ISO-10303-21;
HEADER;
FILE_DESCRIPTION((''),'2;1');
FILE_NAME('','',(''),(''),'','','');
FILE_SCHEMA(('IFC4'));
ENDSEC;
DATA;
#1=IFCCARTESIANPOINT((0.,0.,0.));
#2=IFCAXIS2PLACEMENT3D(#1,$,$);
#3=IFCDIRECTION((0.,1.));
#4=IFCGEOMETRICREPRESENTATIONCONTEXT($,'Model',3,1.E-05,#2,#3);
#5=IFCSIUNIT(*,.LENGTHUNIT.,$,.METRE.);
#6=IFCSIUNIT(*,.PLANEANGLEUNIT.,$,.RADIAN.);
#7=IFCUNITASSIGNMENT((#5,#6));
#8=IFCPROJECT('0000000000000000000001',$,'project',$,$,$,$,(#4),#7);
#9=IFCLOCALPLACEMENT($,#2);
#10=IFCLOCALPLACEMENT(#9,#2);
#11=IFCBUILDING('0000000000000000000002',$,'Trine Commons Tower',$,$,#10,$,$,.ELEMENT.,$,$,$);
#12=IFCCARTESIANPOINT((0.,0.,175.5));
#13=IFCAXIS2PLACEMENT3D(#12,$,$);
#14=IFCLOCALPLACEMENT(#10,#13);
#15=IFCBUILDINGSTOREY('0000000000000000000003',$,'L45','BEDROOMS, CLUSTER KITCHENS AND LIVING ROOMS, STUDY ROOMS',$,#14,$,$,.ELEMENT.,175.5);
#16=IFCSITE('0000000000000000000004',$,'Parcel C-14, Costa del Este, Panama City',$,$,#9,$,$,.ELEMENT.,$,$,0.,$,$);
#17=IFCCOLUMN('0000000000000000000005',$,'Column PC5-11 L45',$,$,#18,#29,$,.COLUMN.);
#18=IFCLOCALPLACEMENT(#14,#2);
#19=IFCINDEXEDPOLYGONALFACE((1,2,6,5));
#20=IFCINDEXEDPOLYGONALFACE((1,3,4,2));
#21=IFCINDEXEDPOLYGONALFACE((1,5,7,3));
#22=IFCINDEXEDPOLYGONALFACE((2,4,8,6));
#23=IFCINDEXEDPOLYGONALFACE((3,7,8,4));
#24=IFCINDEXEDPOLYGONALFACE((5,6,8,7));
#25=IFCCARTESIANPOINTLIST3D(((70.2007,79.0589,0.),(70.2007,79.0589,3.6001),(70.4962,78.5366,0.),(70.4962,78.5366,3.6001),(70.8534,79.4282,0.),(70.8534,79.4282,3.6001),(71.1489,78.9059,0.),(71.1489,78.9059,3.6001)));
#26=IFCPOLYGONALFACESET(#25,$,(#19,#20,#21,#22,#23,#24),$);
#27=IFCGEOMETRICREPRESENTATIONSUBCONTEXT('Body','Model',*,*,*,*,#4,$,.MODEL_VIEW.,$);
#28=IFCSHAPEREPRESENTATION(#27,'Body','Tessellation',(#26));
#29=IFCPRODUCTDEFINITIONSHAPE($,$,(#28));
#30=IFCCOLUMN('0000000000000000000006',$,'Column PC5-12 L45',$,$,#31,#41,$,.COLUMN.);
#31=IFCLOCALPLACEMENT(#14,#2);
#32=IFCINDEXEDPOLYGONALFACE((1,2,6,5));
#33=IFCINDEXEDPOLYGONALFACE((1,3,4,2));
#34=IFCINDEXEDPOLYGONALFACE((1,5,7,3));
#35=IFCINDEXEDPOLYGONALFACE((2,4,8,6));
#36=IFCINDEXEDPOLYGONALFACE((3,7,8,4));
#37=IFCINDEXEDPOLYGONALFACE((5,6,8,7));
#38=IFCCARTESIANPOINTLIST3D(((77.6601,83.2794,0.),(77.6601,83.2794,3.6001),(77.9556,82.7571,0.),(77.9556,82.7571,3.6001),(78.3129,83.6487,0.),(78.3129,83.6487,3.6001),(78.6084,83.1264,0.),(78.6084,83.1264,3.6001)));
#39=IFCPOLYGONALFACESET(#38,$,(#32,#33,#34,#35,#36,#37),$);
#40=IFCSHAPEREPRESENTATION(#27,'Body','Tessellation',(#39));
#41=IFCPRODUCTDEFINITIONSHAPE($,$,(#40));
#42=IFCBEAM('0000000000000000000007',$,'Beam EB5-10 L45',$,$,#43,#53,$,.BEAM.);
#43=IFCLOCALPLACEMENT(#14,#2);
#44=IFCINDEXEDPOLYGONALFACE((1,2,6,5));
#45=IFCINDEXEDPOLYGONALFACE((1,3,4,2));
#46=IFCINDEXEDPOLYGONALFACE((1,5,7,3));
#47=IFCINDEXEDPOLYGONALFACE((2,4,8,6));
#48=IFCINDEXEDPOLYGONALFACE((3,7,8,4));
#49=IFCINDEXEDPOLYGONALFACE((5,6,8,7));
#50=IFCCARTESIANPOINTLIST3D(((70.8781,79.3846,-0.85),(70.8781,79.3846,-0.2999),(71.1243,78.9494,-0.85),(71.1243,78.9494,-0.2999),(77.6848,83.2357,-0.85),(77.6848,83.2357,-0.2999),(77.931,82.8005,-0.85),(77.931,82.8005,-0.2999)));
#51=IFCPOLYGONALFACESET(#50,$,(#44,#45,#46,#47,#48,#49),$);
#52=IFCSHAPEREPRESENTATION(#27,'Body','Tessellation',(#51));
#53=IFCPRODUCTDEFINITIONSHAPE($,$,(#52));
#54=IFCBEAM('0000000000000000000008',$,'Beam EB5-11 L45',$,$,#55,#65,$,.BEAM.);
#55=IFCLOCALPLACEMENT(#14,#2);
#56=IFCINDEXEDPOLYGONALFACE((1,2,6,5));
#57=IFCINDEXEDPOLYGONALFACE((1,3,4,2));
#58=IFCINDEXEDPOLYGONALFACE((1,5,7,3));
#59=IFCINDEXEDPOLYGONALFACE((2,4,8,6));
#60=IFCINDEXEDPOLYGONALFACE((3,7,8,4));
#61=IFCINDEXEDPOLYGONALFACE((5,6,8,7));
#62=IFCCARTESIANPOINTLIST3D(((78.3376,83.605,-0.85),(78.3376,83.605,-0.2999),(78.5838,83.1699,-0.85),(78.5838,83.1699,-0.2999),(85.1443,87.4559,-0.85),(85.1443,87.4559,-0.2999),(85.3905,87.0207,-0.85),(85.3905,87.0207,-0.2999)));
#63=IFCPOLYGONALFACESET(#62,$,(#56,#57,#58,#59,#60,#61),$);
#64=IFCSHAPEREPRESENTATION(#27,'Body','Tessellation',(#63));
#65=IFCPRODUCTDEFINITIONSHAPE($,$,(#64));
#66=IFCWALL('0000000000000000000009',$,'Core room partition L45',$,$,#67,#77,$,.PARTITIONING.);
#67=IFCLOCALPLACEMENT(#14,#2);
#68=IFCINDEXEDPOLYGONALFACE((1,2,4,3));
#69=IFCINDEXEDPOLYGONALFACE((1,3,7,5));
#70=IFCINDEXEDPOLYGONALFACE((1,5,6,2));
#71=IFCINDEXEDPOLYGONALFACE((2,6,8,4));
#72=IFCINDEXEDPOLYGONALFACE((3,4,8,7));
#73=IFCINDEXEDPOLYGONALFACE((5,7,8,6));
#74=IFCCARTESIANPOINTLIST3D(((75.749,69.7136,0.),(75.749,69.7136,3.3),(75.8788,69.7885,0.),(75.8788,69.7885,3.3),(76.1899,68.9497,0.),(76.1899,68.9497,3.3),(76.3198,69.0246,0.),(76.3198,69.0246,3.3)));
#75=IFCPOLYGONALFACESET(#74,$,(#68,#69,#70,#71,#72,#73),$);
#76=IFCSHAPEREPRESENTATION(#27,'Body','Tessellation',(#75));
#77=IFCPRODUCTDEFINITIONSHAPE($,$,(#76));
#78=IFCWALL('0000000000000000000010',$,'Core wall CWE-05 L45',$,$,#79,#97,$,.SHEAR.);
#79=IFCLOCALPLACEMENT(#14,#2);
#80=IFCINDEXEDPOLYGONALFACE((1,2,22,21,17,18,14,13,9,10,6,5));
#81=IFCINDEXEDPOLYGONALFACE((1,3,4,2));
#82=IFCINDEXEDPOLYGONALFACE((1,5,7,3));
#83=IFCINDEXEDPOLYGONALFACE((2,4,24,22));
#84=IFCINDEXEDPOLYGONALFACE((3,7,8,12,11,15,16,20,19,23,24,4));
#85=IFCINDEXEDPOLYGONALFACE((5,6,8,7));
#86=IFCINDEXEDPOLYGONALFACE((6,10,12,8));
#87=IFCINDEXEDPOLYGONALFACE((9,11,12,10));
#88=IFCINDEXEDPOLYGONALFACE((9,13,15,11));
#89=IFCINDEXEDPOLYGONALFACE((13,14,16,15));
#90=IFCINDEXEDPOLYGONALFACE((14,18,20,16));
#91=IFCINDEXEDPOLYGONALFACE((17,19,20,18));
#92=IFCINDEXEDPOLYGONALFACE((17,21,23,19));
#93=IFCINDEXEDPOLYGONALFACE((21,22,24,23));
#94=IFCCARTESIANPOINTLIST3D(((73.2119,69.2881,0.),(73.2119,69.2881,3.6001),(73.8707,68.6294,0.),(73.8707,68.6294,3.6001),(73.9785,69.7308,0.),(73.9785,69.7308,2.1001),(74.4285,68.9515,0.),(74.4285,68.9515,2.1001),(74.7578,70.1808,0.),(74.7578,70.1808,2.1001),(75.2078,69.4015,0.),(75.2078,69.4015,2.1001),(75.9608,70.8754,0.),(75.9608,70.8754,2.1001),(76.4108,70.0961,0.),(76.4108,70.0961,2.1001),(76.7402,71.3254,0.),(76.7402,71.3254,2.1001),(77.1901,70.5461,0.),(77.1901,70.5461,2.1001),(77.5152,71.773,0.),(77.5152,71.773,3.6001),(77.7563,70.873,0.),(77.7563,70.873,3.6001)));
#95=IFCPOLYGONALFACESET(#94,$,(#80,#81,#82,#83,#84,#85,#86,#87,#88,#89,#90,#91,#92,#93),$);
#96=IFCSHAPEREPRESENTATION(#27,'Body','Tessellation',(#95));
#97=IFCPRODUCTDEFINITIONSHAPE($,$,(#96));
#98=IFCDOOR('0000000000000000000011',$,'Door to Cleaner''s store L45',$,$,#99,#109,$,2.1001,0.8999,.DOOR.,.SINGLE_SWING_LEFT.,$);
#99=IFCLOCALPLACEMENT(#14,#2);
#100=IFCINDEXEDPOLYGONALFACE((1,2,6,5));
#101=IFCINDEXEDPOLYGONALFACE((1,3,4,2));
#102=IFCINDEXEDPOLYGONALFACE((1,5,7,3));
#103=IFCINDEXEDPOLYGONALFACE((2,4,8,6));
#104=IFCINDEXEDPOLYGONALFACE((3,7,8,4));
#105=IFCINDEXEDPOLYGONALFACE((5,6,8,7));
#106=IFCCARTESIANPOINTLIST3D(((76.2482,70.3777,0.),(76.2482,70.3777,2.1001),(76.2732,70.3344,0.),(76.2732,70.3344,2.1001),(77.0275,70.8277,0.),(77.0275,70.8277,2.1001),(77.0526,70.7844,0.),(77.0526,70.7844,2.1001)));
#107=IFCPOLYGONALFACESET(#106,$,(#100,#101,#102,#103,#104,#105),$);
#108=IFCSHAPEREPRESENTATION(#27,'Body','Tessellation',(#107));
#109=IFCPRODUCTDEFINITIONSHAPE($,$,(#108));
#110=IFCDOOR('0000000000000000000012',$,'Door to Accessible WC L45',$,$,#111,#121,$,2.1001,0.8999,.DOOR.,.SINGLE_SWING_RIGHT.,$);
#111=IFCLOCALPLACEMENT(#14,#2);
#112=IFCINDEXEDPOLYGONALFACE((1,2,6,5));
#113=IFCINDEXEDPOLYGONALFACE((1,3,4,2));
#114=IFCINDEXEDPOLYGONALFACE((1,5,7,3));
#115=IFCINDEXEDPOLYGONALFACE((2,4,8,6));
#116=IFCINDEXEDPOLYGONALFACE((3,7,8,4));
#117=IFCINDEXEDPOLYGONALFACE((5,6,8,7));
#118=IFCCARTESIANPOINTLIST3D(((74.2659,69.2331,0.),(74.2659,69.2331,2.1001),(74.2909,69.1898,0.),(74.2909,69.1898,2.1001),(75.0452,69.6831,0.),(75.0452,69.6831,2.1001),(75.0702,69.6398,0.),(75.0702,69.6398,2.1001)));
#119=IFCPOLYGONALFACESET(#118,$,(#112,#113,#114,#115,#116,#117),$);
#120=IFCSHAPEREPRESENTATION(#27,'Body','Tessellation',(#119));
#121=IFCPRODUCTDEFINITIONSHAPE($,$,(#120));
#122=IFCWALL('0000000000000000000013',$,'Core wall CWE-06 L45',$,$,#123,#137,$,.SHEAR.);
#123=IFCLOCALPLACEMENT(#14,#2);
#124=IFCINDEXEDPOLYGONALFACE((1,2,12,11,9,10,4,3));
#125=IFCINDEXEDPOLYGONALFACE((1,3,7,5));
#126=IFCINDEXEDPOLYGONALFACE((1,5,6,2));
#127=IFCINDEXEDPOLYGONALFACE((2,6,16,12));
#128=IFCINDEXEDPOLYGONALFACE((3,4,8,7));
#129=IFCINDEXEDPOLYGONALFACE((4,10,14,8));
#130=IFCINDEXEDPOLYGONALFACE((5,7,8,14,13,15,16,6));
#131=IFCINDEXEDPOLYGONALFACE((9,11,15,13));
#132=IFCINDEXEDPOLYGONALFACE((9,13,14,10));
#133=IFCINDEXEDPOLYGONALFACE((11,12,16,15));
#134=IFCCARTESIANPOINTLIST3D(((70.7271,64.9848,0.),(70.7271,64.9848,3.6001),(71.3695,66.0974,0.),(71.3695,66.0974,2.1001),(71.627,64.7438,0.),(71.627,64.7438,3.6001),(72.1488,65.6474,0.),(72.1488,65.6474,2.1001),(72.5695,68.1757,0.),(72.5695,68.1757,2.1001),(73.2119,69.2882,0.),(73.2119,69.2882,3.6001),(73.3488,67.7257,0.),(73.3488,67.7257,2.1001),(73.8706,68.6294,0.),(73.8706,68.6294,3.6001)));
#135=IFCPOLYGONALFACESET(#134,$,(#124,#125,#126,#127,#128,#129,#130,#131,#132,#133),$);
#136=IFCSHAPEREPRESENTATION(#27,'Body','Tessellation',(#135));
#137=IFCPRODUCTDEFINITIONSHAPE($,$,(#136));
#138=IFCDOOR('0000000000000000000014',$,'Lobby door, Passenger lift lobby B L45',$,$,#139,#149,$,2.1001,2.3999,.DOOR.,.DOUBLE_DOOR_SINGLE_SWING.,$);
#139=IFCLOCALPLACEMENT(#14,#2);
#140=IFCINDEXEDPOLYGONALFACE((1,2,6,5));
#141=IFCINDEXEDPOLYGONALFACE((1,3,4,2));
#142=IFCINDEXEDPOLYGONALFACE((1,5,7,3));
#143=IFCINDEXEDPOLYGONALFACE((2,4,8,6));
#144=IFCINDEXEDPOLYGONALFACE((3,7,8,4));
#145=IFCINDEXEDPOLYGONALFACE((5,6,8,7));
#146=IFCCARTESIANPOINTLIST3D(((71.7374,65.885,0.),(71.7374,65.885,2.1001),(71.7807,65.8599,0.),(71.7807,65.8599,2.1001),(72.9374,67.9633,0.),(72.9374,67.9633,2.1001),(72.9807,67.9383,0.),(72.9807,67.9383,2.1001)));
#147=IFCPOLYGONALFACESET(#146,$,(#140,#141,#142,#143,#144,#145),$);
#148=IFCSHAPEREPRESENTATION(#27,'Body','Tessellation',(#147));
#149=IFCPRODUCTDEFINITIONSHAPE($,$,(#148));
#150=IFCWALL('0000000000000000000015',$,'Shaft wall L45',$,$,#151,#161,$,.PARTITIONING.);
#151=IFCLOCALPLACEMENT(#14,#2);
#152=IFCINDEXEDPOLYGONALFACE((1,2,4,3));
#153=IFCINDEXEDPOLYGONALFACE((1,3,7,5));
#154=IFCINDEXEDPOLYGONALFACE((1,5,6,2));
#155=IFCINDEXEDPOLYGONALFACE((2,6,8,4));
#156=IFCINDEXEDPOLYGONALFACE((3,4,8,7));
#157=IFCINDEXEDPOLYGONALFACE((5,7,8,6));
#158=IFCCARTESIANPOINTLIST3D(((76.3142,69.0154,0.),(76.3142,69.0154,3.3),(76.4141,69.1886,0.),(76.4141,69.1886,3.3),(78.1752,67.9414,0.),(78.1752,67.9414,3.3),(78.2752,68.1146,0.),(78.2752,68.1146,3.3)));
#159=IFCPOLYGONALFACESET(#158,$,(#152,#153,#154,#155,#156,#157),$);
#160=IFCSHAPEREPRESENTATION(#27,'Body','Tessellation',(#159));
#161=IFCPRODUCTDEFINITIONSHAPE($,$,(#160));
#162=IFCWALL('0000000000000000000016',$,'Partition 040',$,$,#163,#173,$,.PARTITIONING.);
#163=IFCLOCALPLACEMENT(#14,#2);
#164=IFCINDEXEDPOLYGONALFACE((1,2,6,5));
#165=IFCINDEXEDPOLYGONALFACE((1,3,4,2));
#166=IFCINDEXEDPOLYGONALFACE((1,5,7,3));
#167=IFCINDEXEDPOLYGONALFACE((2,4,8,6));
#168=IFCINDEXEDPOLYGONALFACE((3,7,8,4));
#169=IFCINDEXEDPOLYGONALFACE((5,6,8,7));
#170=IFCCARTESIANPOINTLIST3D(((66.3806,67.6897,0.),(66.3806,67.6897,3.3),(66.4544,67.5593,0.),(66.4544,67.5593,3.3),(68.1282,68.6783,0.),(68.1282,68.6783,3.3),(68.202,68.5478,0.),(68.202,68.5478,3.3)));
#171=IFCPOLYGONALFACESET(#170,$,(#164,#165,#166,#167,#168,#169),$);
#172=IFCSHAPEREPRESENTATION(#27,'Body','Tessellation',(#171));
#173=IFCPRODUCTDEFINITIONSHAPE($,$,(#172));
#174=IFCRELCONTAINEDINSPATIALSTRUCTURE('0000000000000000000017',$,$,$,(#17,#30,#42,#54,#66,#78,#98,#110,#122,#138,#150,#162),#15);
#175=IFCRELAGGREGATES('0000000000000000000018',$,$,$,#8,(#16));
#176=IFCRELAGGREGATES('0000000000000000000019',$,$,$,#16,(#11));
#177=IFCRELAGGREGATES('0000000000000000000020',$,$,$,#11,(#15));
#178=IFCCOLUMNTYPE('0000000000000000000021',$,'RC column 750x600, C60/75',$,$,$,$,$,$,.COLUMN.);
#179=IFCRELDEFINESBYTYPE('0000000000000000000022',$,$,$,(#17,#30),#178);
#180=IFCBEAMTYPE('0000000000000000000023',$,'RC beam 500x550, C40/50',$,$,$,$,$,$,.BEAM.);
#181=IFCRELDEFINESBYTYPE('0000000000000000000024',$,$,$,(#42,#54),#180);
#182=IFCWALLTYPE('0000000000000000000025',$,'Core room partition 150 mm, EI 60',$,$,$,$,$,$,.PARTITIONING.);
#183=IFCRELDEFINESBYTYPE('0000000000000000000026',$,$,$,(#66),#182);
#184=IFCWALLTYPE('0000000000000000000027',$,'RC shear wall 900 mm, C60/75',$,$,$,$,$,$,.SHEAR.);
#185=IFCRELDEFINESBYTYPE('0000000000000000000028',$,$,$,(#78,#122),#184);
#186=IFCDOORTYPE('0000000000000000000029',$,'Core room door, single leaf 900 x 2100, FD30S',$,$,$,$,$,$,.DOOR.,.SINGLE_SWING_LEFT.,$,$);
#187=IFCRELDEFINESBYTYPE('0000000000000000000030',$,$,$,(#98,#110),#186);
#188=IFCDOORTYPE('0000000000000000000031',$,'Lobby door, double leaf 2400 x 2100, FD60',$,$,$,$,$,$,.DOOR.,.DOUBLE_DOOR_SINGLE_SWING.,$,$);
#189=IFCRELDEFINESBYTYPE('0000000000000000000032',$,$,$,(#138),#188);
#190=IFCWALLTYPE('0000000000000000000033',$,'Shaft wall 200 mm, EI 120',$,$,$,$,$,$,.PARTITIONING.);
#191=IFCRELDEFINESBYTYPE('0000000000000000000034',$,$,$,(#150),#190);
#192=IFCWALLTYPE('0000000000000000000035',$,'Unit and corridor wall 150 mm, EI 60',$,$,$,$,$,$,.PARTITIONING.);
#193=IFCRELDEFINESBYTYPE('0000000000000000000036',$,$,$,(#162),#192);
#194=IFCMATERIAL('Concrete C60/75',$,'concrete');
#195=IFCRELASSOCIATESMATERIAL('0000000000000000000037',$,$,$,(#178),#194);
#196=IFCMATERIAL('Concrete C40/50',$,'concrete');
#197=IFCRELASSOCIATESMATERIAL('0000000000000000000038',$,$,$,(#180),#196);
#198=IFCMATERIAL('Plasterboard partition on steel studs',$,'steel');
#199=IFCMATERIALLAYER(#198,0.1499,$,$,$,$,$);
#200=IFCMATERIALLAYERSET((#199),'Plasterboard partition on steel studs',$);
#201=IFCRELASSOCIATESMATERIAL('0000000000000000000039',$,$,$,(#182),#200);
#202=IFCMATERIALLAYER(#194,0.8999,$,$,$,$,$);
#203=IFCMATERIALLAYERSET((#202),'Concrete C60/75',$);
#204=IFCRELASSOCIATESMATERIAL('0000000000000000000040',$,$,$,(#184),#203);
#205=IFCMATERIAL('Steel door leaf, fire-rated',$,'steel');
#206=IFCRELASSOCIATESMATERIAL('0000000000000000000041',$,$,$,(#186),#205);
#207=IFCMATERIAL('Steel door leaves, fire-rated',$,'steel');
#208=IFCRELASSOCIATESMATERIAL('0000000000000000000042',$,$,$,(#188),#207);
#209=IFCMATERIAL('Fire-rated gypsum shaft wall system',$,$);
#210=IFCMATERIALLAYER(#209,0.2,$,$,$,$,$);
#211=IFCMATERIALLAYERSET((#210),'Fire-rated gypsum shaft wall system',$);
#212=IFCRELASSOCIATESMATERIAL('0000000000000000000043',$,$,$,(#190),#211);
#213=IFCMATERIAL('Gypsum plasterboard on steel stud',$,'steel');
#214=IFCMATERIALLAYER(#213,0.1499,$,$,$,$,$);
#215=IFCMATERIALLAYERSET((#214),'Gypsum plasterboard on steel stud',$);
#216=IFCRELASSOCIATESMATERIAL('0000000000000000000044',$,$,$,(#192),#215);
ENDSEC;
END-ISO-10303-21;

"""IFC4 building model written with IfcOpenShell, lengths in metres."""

from ifc_helpers import new_model, si_unit, direction, frame, frame_2d, origin, origin_2d, place, context, subcontext, project, spatial, polyline, rectangle, outline, extrude, material, layer, layer_set, material_profile, profile_set, type_object, element, fill, save


model = new_model("IFC4")

# Units and contexts
model_context = context("Model", 3, precision=1e-05, world=origin(), true_north=direction((0.0, 1.0)))
body_context = subcontext(model_context, "Body", "Model", "MODEL_VIEW")
ifc_project = project(units=[si_unit("LENGTHUNIT", "METRE"), si_unit("PLANEANGLEUNIT", "RADIAN")], contexts=[model_context])

# Site, building, storey
site_placement = place(None, origin())
site = spatial("IfcSite", under=ifc_project, at=site_placement, Name="Parcel C-14, Costa del Este, Panama City", CompositionType="ELEMENT", RefElevation=0.0)
building_placement = place(site_placement, origin())
building = spatial("IfcBuilding", under=site, at=building_placement, Name="Trine Commons Tower", CompositionType="ELEMENT")
storey_placement = place(building_placement, frame((0.0, 0.0, 175.5)))
storey = spatial("IfcBuildingStorey", under=building, at=storey_placement, Name="L45", Description="BEDROOMS, CLUSTER KITCHENS AND LIVING ROOMS, STUDY ROOMS", CompositionType="ELEMENT", Elevation=175.5)

# Columns
ifc_material_1 = material(Name="Concrete C60/75", Category="concrete")
ifc_material_profile_1 = material_profile(ifc_material_1, rectangle(XDim=0.75, YDim=0.6001, at=origin_2d()), Name="RC 750x600")
ifc_profile_set_1 = profile_set([ifc_material_profile_1], Name="Concrete C60/75")
column_type = type_object("IfcColumnType", Name="RC column 750x600, C60/75", PredefinedType="COLUMN", material=ifc_profile_set_1)
for number, where, z_axis, x_axis, name in (
    (1, (70.6748, 78.9824, 0.0), (0.0, 0.0, 1.0), (0.870356, 0.492424, 0.0), "Column PC5-11 L45"),
    (2, (78.1343, 83.2029, 0.0), (0.0, 0.0, 1.0), (0.870356, 0.492424, 0.0), "Column PC5-12 L45"),
):
    element("IfcColumn", number, at=place(storey_placement, frame(where, z_axis=z_axis, x_axis=x_axis)), inside=storey, type_object=column_type, Name=name, PredefinedType="COLUMN", context=body_context, shape_type="SweptSolid", body=[
        extrude(rectangle(XDim=0.75, YDim=0.6001, at=origin_2d()), origin(), (0.0, 0.0, 1.0), 3.6001),
    ])

# Beams
ifc_material_2 = material(Name="Concrete C40/50", Category="concrete")
ifc_material_profile_2 = material_profile(ifc_material_2, rectangle(XDim=0.5, YDim=0.55, at=origin_2d()), Name="RC 500x550")
ifc_profile_set_2 = profile_set([ifc_material_profile_2], Name="Concrete C40/50")
beam_type = type_object("IfcBeamType", Name="RC beam 500x550, C40/50", PredefinedType="BEAM", material=ifc_profile_set_2)
for number, where, z_axis, x_axis, name in (
    (3, (71.0012, 79.167, -0.575), (0.870352, 0.49243, 0.0), (-0.49243, 0.870352, 0.0), "Beam EB5-10 L45"),
    (4, (78.4607, 83.3875, -0.575), (0.870366, 0.492406, 0.0), (-0.492406, 0.870366, 0.0), "Beam EB5-11 L45"),
):
    element("IfcBeam", number, at=place(storey_placement, frame(where, z_axis=z_axis, x_axis=x_axis)), inside=storey, type_object=beam_type, Name=name, PredefinedType="BEAM", context=body_context, shape_type="SweptSolid", body=[
        extrude(rectangle(XDim=0.5, YDim=0.55, at=origin_2d()), origin(), (0.0, 0.0, 1.0), 7.8206),
    ])

# Wall
ifc_material_3 = material(Name="Plasterboard partition on steel studs", Category="steel")
ifc_layer_1 = layer(ifc_material_3, 0.1499)
ifc_layer_set_1 = layer_set([ifc_layer_1], Name="Plasterboard partition on steel studs")
wall_type_1 = type_object("IfcWallType", Name="Core room partition 150 mm, EI 60", PredefinedType="PARTITIONING", material=ifc_layer_set_1)
wall_1_placement = place(storey_placement, frame((75.814, 69.751, 0.0), z_axis=(0.0, 0.0, 1.0), x_axis=(0.49989, -0.866089, 0.0)))
element("IfcWall", 5, at=wall_1_placement, inside=storey, type_object=wall_type_1, Name="Core room partition L45", PredefinedType="PARTITIONING", context=body_context, shape_type="SweptSolid", body=[
    extrude(rectangle(XDim=0.8821, YDim=0.1499, at=frame_2d((0.4409, 0.0))), origin(), (0.0, 0.0, 1.0), 3.3),
])

# Wall, openings, doors
ifc_layer_2 = layer(ifc_material_1, 0.8999)
ifc_layer_set_2 = layer_set([ifc_layer_2], Name="Concrete C60/75")
wall_type_2 = type_object("IfcWallType", Name="RC shear wall 900 mm, C60/75", PredefinedType="SHEAR", material=ifc_layer_set_2)
wall_2_placement = place(storey_placement, frame((77.7402, 71.3833, 0.0), z_axis=(0.0, 0.0, 1.0), x_axis=(-0.866003, -0.500039, 0.0)))
wall_2 = element("IfcWall", 6, at=wall_2_placement, inside=storey, type_object=wall_type_2, Name="Core wall CWE-05 L45", PredefinedType="SHEAR", context=body_context, shape_type="SweptSolid", body=[
    extrude(outline(polyline([(0.0, -0.45), (4.9692, -0.45), (4.728, 0.45), (0.2412, 0.45), (0.0, -0.45)])), origin(), (0.0, 0.0, 1.0), 3.6001),
])
opening_1_placement = place(wall_2_placement, frame((0.895, 0.0, 0.0)))
opening_1 = element("IfcOpeningElement", 7, at=opening_1_placement, cuts=wall_2, PredefinedType="OPENING", context=body_context, shape_type="SweptSolid", body=[
    extrude(rectangle(XDim=0.8999, YDim=2.1001, at=frame_2d((0.45, 1.05))), frame((0.0, 0.46, 0.0), z_axis=(0.0, -1.0, 0.0), x_axis=(1.0, 0.0, 0.0)), (0.0, 0.0, 1.0), 0.9199),
])
opening_2_placement = place(wall_2_placement, frame((3.1841, 0.0, 0.0)))
opening_2 = element("IfcOpeningElement", 8, at=opening_2_placement, cuts=wall_2, PredefinedType="OPENING", context=body_context, shape_type="SweptSolid", body=[
    extrude(rectangle(XDim=0.8999, YDim=2.1001, at=frame_2d((0.45, 1.05))), frame((0.0, 0.46, 0.0), z_axis=(0.0, -1.0, 0.0), x_axis=(1.0, 0.0, 0.0)), (0.0, 0.0, 1.0), 0.9199),
])
ifc_material_4 = material(Name="Steel door leaf, fire-rated", Category="steel")
door_type_1 = type_object("IfcDoorType", Name="Core room door, single leaf 900 x 2100, FD30S", OperationType="SINGLE_SWING_LEFT", PredefinedType="DOOR", material=ifc_material_4)
door_1_placement = place(opening_1_placement, origin())
door_1 = element("IfcDoor", 9, at=door_1_placement, inside=storey, type_object=door_type_1, Name="Door to Cleaner's store L45", OperationType="SINGLE_SWING_LEFT", OverallHeight=2.1001, OverallWidth=0.8999, PredefinedType="DOOR", context=body_context, shape_type="SweptSolid", body=[
    extrude(rectangle(XDim=0.8999, YDim=2.1001, at=frame_2d((0.45, 1.05))), frame((0.0, 0.1748, 0.0), z_axis=(0.0, -1.0, 0.0), x_axis=(1.0, 0.0, 0.0)), (0.0, 0.0, 1.0), 0.05),
])
fill(opening_1, door_1)
door_2_placement = place(opening_2_placement, origin())
door_2 = element("IfcDoor", 10, at=door_2_placement, inside=storey, type_object=door_type_1, Name="Door to Accessible WC L45", OperationType="SINGLE_SWING_RIGHT", OverallHeight=2.1001, OverallWidth=0.8999, PredefinedType="DOOR", context=body_context, shape_type="SweptSolid", body=[
    extrude(rectangle(XDim=0.8999, YDim=2.1001, at=frame_2d((0.45, 1.05))), frame((0.0, 0.1748, 0.0), z_axis=(0.0, -1.0, 0.0), x_axis=(1.0, 0.0, 0.0)), (0.0, 0.0, 1.0), 0.05),
])
fill(opening_2, door_2)

# Wall, opening, door
wall_3_placement = place(storey_placement, frame((73.6016, 69.0632, 0.0), z_axis=(0.0, 0.0, 1.0), x_axis=(-0.500039, -0.866003, 0.0)))
wall_3 = element("IfcWall", 11, at=wall_3_placement, inside=storey, type_object=wall_type_2, Name="Core wall CWE-06 L45", PredefinedType="SHEAR", context=body_context, shape_type="SweptSolid", body=[
    extrude(outline(polyline([(0.0, -0.45), (4.9692, -0.45), (4.728, 0.45), (0.2412, 0.45), (0.0, -0.45)])), origin(), (0.0, 0.0, 1.0), 3.6001),
])
opening_3_placement = place(wall_3_placement, frame((1.2847, 0.0, 0.0)))
opening_3 = element("IfcOpeningElement", 12, at=opening_3_placement, cuts=wall_3, PredefinedType="OPENING", context=body_context, shape_type="SweptSolid", body=[
    extrude(rectangle(XDim=2.3999, YDim=2.1001, at=frame_2d((1.2, 1.05))), frame((0.0, 0.46, 0.0), z_axis=(0.0, -1.0, 0.0), x_axis=(1.0, 0.0, 0.0)), (0.0, 0.0, 1.0), 0.9199),
])
ifc_material_5 = material(Name="Steel door leaves, fire-rated", Category="steel")
door_type_2 = type_object("IfcDoorType", Name="Lobby door, double leaf 2400 x 2100, FD60", OperationType="DOUBLE_DOOR_SINGLE_SWING", PredefinedType="DOOR", material=ifc_material_5)
door_3_placement = place(opening_3_placement, origin())
door_3 = element("IfcDoor", 13, at=door_3_placement, inside=storey, type_object=door_type_2, Name="Lobby door, Passenger lift lobby B L45", OperationType="DOUBLE_DOOR_SINGLE_SWING", OverallHeight=2.1001, OverallWidth=2.3999, PredefinedType="DOOR", context=body_context, shape_type="SweptSolid", body=[
    extrude(rectangle(XDim=2.3999, YDim=2.1001, at=frame_2d((1.2, 1.05))), frame((0.0, 0.0249, 0.0), z_axis=(0.0, -1.0, 0.0), x_axis=(1.0, 0.0, 0.0)), (0.0, 0.0, 1.0), 0.05),
])
fill(opening_3, door_3)

# Walls
ifc_material_6 = material(Name="Fire-rated gypsum shaft wall system")
ifc_layer_3 = layer(ifc_material_6, 0.2)
ifc_layer_set_3 = layer_set([ifc_layer_3], Name="Fire-rated gypsum shaft wall system")
wall_type_3 = type_object("IfcWallType", Name="Shaft wall 200 mm, EI 120", PredefinedType="PARTITIONING", material=ifc_layer_set_3)
wall_4_placement = place(storey_placement, frame((78.2251, 68.0281, 0.0), z_axis=(0.0, 0.0, 1.0), x_axis=(-0.866131, 0.499818, 0.0)))
element("IfcWall", 14, at=wall_4_placement, inside=storey, type_object=wall_type_3, Name="Shaft wall L45", PredefinedType="PARTITIONING", context=body_context, shape_type="SweptSolid", body=[
    extrude(rectangle(XDim=2.1487, YDim=0.2, at=frame_2d((1.0742, 0.0))), origin(), (0.0, 0.0, 1.0), 3.3),
])
ifc_material_7 = material(Name="Gypsum plasterboard on steel stud", Category="steel")
ifc_layer_4 = layer(ifc_material_7, 0.1499)
ifc_layer_set_4 = layer_set([ifc_layer_4], Name="Gypsum plasterboard on steel stud")
wall_type_4 = type_object("IfcWallType", Name="Unit and corridor wall 150 mm, EI 60", PredefinedType="PARTITIONING", material=ifc_layer_set_4)
wall_5_placement = place(storey_placement, frame((66.4175, 67.6245, 0.0), z_axis=(0.0, 0.0, 1.0), x_axis=(0.870397, 0.49235, 0.0)))
element("IfcWall", 15, at=wall_5_placement, inside=storey, type_object=wall_type_4, Name="Partition 040", PredefinedType="PARTITIONING", context=body_context, shape_type="SweptSolid", body=[
    extrude(rectangle(XDim=2.0078, YDim=0.1499, at=frame_2d((1.0039, 0.0))), origin(), (0.0, 0.0, 1.0), 3.3),
])

save(model, "model.ifc")
